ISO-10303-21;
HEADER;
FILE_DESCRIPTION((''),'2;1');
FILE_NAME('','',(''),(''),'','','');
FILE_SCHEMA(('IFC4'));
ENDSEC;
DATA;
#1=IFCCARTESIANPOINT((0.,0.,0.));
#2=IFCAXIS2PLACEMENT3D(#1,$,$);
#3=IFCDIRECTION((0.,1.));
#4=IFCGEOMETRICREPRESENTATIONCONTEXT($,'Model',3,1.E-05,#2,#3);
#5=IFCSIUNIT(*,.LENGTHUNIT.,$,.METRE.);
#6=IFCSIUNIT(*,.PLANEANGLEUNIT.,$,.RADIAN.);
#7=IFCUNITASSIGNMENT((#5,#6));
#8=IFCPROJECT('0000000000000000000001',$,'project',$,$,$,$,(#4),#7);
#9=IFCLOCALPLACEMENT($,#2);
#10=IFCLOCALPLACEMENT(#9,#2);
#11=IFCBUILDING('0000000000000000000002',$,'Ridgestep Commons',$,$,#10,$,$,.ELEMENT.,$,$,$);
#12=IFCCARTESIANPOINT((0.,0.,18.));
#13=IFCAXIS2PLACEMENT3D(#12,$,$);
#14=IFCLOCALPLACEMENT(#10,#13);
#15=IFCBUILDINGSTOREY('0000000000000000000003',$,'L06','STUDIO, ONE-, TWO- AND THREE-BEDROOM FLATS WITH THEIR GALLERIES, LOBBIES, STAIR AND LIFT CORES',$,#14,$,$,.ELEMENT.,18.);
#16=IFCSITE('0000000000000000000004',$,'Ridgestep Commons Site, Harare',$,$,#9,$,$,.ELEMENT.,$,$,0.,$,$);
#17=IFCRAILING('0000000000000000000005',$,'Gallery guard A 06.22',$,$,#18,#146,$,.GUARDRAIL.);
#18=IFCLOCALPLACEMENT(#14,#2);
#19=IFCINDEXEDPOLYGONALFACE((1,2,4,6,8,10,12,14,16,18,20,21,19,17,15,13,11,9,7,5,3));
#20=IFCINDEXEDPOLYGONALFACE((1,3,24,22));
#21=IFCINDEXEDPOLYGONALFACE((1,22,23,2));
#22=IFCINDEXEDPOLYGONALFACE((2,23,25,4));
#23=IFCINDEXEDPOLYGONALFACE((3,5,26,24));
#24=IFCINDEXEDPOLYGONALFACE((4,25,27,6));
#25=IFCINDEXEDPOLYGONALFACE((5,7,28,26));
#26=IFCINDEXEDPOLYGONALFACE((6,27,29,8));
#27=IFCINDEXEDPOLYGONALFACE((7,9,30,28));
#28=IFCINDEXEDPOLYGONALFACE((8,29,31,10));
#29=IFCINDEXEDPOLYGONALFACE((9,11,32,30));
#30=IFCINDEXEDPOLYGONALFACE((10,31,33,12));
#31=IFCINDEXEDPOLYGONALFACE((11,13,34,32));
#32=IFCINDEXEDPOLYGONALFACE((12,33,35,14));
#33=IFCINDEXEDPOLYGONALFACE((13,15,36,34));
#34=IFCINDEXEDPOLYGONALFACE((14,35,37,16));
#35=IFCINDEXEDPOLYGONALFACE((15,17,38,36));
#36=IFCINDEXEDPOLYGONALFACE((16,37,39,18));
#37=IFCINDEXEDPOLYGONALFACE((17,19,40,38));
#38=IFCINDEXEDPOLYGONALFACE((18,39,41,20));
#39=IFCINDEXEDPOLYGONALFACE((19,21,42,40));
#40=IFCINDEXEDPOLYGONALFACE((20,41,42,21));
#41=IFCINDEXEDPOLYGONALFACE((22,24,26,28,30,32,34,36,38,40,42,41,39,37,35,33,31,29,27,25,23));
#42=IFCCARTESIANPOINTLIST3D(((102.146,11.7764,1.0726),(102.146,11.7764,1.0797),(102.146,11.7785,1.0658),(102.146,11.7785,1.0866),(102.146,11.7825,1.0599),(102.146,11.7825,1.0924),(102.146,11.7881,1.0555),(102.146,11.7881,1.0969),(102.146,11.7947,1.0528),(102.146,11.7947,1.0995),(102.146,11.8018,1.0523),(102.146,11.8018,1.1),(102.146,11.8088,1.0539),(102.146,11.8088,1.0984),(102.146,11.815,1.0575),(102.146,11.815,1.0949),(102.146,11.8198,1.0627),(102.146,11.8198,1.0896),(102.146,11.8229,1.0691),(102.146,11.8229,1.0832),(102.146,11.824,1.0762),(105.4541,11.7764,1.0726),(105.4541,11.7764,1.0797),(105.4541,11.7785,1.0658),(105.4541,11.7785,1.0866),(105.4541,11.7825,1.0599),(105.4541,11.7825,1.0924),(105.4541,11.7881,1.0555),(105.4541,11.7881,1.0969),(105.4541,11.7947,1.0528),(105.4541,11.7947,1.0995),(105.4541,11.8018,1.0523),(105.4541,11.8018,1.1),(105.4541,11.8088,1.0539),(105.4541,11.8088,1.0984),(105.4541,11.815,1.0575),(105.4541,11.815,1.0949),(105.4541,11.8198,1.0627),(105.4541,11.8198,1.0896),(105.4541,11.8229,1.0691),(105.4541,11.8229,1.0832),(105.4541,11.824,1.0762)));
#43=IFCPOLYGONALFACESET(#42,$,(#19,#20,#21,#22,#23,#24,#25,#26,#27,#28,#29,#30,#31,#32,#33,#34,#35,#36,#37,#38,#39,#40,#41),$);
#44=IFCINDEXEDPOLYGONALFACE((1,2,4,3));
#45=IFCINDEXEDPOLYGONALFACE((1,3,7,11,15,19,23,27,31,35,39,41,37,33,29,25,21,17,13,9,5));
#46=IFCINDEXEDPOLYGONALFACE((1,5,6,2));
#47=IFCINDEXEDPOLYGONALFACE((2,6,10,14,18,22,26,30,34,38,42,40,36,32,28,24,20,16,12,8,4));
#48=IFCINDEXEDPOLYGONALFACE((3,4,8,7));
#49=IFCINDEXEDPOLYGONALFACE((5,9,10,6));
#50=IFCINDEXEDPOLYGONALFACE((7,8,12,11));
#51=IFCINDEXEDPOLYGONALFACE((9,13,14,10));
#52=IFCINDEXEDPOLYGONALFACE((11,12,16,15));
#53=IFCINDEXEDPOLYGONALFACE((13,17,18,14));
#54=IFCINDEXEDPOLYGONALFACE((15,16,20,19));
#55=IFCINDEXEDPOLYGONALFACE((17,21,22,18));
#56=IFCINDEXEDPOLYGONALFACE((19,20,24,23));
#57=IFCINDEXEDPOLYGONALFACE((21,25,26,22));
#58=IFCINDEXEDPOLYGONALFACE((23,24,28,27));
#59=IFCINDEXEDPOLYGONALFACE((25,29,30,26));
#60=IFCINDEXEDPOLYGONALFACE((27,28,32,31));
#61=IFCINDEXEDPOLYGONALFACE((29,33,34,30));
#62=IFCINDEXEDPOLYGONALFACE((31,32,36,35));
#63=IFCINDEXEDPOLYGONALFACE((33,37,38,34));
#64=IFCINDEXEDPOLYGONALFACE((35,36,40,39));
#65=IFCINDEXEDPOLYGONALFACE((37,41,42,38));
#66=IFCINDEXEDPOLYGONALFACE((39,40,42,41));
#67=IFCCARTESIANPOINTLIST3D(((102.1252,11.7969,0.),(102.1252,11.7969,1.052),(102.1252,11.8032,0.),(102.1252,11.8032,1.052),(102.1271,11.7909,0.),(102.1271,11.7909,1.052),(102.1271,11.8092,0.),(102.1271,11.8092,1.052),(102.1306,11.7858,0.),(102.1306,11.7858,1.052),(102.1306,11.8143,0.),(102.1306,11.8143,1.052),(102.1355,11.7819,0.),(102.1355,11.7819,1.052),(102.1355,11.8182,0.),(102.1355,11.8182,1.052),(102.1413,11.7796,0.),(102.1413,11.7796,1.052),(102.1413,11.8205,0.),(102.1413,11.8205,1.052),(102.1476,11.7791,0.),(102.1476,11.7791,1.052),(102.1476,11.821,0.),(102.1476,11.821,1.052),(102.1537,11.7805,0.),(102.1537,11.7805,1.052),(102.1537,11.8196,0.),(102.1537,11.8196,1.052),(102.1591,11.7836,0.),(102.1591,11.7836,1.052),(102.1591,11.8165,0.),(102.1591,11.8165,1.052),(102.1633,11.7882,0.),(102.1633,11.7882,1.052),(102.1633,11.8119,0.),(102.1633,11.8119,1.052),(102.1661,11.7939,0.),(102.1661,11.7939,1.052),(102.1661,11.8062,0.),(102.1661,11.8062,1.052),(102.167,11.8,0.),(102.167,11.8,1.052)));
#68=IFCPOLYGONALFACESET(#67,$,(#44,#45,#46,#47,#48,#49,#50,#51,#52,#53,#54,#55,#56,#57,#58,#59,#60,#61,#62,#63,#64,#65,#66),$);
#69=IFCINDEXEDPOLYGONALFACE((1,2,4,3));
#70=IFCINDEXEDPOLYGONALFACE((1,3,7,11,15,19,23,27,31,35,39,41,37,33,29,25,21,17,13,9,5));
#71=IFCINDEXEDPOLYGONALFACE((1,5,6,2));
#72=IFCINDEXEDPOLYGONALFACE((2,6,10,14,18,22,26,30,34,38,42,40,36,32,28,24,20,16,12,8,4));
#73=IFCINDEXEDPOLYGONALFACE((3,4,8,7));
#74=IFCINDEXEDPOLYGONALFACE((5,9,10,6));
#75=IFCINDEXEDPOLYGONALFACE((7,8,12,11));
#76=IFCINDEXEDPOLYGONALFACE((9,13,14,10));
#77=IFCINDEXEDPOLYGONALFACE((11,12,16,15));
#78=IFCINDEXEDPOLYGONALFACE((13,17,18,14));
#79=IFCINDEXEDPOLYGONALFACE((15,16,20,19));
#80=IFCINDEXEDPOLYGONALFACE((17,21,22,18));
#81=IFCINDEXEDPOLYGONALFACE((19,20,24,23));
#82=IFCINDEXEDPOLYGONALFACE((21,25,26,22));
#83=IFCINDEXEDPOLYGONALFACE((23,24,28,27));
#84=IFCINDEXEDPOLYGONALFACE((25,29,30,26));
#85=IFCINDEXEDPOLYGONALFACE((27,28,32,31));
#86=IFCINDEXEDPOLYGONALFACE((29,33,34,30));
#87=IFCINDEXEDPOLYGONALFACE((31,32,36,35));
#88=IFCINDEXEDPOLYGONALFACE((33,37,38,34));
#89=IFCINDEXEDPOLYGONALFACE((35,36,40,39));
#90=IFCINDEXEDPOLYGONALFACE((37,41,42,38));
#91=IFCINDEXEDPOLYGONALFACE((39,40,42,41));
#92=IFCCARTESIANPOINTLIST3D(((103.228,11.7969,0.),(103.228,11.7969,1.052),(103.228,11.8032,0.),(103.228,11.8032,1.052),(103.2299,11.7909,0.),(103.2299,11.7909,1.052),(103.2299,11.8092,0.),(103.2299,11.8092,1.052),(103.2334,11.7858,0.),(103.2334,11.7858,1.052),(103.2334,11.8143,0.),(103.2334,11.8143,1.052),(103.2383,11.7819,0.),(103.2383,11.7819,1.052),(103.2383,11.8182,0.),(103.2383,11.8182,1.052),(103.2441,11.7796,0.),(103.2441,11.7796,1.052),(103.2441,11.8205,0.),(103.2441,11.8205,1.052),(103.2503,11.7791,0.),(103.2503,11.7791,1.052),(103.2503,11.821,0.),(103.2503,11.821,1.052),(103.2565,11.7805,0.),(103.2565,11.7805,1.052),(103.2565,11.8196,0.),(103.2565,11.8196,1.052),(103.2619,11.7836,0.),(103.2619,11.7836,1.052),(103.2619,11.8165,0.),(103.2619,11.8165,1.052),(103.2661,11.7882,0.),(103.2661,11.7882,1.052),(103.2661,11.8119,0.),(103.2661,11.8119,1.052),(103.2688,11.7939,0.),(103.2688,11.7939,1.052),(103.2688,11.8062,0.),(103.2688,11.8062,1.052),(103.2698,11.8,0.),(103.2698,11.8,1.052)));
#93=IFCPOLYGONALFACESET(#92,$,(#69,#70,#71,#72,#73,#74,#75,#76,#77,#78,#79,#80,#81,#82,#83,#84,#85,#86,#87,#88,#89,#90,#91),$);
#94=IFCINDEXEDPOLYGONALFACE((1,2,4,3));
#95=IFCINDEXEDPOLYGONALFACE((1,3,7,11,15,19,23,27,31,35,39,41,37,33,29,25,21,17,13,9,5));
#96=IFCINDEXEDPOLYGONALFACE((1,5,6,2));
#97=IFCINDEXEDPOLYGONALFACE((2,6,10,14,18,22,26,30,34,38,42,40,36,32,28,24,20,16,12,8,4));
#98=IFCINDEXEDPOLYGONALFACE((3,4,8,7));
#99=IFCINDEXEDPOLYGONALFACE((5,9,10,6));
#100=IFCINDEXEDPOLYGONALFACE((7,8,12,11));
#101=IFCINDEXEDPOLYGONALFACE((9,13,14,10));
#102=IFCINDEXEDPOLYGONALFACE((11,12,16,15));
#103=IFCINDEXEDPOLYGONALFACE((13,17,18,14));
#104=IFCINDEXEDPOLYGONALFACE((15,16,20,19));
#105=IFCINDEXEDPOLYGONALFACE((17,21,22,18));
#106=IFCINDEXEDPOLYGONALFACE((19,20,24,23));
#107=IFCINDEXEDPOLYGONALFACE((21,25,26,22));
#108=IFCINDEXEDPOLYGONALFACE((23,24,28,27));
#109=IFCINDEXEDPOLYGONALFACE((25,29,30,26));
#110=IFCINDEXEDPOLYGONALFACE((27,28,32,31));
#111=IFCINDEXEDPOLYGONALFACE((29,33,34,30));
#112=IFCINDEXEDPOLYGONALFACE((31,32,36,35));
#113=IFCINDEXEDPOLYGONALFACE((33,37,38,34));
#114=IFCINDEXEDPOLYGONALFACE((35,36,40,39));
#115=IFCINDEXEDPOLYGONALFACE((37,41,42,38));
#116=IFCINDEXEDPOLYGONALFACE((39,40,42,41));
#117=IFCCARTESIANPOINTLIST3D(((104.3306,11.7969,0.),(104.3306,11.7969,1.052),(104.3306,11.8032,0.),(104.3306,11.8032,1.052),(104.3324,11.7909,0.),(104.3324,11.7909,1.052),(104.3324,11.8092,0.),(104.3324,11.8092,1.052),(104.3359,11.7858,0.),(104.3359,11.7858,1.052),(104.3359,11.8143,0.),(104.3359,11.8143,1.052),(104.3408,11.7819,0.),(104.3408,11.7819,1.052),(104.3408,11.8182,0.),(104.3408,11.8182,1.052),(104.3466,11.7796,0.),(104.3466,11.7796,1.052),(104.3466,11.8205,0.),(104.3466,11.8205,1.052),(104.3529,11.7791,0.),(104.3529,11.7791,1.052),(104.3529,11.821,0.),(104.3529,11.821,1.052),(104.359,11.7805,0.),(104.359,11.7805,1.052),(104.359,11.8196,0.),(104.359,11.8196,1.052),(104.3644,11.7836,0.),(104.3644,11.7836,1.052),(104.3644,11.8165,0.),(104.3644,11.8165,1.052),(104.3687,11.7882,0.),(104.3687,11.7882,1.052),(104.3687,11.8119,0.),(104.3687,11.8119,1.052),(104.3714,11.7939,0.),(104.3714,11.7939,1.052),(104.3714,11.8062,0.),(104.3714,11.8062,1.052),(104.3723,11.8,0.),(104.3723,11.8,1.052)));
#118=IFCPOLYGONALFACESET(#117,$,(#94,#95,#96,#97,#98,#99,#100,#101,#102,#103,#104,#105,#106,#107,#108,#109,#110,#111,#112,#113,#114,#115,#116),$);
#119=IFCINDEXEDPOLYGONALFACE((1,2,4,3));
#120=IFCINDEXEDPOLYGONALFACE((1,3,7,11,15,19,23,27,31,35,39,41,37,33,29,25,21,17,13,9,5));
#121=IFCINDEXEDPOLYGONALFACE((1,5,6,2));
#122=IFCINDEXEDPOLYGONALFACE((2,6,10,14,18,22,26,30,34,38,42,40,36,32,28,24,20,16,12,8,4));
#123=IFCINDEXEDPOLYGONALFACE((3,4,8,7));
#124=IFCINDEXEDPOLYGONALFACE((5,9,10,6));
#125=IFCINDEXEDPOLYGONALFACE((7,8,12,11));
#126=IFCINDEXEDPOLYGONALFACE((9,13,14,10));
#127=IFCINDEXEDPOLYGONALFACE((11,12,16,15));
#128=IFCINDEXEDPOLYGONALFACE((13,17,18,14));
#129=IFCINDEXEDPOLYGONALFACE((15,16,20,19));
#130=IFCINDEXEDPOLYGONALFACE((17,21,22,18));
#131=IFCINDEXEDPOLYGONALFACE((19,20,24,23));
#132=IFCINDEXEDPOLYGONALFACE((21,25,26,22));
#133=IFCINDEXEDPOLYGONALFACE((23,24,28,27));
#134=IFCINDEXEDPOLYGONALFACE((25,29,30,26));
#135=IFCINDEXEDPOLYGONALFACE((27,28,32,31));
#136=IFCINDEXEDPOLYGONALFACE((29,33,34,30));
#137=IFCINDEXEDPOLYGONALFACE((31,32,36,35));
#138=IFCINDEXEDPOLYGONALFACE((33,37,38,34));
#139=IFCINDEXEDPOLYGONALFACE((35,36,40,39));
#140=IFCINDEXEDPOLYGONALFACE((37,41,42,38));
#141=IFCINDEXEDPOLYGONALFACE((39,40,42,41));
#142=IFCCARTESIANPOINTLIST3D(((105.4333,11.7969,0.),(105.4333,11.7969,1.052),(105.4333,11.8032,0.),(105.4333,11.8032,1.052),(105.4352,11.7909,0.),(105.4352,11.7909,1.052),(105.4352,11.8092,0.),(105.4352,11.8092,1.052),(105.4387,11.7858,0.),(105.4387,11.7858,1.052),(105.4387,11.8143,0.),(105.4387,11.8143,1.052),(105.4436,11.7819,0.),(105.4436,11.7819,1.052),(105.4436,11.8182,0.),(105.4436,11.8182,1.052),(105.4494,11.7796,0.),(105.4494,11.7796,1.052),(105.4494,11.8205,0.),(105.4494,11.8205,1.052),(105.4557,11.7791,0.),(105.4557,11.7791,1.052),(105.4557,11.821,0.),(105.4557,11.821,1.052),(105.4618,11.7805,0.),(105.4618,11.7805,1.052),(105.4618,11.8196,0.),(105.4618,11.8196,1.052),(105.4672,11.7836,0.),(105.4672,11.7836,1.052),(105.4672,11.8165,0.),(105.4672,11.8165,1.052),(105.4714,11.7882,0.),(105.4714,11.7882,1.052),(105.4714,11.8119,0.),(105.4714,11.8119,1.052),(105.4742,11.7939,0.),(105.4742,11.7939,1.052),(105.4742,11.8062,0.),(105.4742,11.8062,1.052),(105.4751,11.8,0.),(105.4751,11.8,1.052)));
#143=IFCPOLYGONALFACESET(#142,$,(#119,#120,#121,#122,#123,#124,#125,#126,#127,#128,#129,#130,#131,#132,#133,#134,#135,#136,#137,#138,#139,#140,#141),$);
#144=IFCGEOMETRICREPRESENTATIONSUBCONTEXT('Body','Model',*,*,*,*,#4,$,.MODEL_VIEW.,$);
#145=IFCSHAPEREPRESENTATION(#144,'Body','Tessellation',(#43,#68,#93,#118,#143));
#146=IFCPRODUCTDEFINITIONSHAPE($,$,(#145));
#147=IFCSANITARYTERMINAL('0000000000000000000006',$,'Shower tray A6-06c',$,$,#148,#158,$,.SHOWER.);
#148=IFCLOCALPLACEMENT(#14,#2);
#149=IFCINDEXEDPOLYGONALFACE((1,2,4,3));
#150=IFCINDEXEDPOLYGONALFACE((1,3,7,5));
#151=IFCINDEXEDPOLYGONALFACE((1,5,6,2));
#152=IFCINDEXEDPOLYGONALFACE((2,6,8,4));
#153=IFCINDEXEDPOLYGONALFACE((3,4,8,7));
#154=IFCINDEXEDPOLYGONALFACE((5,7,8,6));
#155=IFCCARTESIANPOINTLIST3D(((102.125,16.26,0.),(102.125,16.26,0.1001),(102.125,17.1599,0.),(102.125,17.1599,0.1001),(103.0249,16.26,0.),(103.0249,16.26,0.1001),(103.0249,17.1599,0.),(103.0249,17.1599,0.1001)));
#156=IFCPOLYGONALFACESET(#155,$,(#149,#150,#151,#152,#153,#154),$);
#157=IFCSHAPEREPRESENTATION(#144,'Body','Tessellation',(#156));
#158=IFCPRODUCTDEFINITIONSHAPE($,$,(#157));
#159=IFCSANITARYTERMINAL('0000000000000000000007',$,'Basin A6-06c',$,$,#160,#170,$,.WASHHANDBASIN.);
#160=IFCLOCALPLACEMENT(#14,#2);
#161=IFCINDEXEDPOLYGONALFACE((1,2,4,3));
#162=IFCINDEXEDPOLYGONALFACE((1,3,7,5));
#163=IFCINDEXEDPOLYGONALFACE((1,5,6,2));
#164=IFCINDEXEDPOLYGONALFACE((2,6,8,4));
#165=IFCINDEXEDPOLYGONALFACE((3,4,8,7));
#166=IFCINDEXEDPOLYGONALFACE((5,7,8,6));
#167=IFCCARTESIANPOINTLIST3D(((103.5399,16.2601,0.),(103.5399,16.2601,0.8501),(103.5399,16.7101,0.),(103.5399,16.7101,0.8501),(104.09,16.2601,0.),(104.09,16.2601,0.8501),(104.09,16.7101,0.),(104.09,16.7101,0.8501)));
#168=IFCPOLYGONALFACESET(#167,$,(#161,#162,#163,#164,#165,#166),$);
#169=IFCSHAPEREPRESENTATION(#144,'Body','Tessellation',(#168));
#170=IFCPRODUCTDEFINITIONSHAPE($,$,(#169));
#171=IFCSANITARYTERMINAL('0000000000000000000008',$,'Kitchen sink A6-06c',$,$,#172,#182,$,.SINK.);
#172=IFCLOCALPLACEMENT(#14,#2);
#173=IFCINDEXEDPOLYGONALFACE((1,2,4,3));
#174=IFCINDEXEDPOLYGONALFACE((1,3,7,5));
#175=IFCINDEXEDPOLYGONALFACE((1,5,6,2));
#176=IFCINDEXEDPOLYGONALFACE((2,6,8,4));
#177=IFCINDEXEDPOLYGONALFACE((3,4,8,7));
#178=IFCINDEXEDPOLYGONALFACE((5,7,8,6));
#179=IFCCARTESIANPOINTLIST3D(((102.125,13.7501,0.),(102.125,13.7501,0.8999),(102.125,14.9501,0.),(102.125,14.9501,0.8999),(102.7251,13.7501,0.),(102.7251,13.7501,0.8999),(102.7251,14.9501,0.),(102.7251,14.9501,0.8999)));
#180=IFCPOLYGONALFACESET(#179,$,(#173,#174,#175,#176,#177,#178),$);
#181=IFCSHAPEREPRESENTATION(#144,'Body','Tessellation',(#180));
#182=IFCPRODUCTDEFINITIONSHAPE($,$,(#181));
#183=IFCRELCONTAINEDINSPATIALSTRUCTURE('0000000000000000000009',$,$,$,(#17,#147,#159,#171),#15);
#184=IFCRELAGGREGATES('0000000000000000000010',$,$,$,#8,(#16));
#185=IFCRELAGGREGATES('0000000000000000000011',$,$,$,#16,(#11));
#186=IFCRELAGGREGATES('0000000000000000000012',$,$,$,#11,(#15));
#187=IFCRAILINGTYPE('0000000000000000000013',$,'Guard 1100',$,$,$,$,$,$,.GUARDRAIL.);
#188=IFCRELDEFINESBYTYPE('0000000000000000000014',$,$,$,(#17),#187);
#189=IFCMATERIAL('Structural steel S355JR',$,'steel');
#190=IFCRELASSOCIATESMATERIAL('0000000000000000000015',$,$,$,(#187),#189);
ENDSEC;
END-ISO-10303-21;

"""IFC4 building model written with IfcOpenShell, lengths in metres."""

from ifc_helpers import new_model, si_unit, direction, frame, origin, origin_2d, place, context, subcontext, project, spatial, rectangle, circle, extrude, material, type_object, element, save


model = new_model("IFC4")

# Units and contexts
model_context = context("Model", 3, precision=1e-05, world=origin(), true_north=direction((0.0, 1.0)))
body_context = subcontext(model_context, "Body", "Model", "MODEL_VIEW")
ifc_project = project(units=[si_unit("LENGTHUNIT", "METRE"), si_unit("PLANEANGLEUNIT", "RADIAN")], contexts=[model_context])

# Site, building, storey
site_placement = place(None, origin())
site = spatial("IfcSite", under=ifc_project, at=site_placement, Name="Ridgestep Commons Site, Harare", CompositionType="ELEMENT", RefElevation=0.0)
building_placement = place(site_placement, origin())
building = spatial("IfcBuilding", under=site, at=building_placement, Name="Ridgestep Commons", CompositionType="ELEMENT")
storey_placement = place(building_placement, frame((0.0, 0.0, 18.0)))
storey = spatial("IfcBuildingStorey", under=building, at=storey_placement, Name="L06", Description="STUDIO, ONE-, TWO- AND THREE-BEDROOM FLATS WITH THEIR GALLERIES, LOBBIES, STAIR AND LIFT CORES", CompositionType="ELEMENT", Elevation=18.0)

# Railing
ifc_material_1 = material(Name="Structural steel S355JR", Category="steel")
railing_type = type_object("IfcRailingType", Name="Guard 1100", PredefinedType="GUARDRAIL", material=ifc_material_1)
railing_placement = place(storey_placement, frame((102.146, 11.8, 0.0)))
element("IfcRailing", 1, at=railing_placement, inside=storey, type_object=railing_type, Name="Gallery guard A 06.22", PredefinedType="GUARDRAIL", context=body_context, shape_type="SweptSolid", body=[
    extrude(circle(Radius=0.0239, at=origin_2d()), frame((0.0, 0.0, 1.0762), z_axis=(1.0, 0.0, 0.0), x_axis=(0.0, 1.0, 0.0)), (0.0, 0.0, 1.0), 3.3081),
    extrude(circle(Radius=0.021, at=origin_2d()), origin(), (0.0, 0.0, 1.0), 1.052),
    extrude(circle(Radius=0.021, at=origin_2d()), frame((1.1028, 0.0, 0.0)), (0.0, 0.0, 1.0), 1.052),
    extrude(circle(Radius=0.021, at=origin_2d()), frame((2.2053, 0.0, 0.0)), (0.0, 0.0, 1.0), 1.052),
    extrude(circle(Radius=0.021, at=origin_2d()), frame((3.3081, 0.0, 0.0)), (0.0, 0.0, 1.0), 1.052),
])

# Sanitary terminals
sanitary_terminal_1_placement = place(storey_placement, frame((102.575, 16.71, 0.0), z_axis=(0.0, 0.0, 1.0), x_axis=(1.0, 0.0, 0.0)))
element("IfcSanitaryTerminal", 2, at=sanitary_terminal_1_placement, inside=storey, Name="Shower tray A6-06c", PredefinedType="SHOWER", context=body_context, shape_type="SweptSolid", body=[
    extrude(rectangle(XDim=0.8999, YDim=0.8999, at=origin_2d()), origin(), (0.0, 0.0, 1.0), 0.1001),
])
sanitary_terminal_2_placement = place(storey_placement, frame((103.8149, 16.4851, 0.0), z_axis=(0.0, 0.0, 1.0), x_axis=(1.0, 0.0, 0.0)))
element("IfcSanitaryTerminal", 3, at=sanitary_terminal_2_placement, inside=storey, Name="Basin A6-06c", PredefinedType="WASHHANDBASIN", context=body_context, shape_type="SweptSolid", body=[
    extrude(rectangle(XDim=0.55, YDim=0.45, at=origin_2d()), origin(), (0.0, 0.0, 1.0), 0.8501),
])
sanitary_terminal_3_placement = place(storey_placement, frame((102.425, 14.3501, 0.0), z_axis=(0.0, 0.0, 1.0), x_axis=(1.0, 0.0, 0.0)))
element("IfcSanitaryTerminal", 4, at=sanitary_terminal_3_placement, inside=storey, Name="Kitchen sink A6-06c", PredefinedType="SINK", context=body_context, shape_type="SweptSolid", body=[
    extrude(rectangle(XDim=0.6001, YDim=1.2, at=origin_2d()), origin(), (0.0, 0.0, 1.0), 0.8999),
])

save(model, "model.ifc")
